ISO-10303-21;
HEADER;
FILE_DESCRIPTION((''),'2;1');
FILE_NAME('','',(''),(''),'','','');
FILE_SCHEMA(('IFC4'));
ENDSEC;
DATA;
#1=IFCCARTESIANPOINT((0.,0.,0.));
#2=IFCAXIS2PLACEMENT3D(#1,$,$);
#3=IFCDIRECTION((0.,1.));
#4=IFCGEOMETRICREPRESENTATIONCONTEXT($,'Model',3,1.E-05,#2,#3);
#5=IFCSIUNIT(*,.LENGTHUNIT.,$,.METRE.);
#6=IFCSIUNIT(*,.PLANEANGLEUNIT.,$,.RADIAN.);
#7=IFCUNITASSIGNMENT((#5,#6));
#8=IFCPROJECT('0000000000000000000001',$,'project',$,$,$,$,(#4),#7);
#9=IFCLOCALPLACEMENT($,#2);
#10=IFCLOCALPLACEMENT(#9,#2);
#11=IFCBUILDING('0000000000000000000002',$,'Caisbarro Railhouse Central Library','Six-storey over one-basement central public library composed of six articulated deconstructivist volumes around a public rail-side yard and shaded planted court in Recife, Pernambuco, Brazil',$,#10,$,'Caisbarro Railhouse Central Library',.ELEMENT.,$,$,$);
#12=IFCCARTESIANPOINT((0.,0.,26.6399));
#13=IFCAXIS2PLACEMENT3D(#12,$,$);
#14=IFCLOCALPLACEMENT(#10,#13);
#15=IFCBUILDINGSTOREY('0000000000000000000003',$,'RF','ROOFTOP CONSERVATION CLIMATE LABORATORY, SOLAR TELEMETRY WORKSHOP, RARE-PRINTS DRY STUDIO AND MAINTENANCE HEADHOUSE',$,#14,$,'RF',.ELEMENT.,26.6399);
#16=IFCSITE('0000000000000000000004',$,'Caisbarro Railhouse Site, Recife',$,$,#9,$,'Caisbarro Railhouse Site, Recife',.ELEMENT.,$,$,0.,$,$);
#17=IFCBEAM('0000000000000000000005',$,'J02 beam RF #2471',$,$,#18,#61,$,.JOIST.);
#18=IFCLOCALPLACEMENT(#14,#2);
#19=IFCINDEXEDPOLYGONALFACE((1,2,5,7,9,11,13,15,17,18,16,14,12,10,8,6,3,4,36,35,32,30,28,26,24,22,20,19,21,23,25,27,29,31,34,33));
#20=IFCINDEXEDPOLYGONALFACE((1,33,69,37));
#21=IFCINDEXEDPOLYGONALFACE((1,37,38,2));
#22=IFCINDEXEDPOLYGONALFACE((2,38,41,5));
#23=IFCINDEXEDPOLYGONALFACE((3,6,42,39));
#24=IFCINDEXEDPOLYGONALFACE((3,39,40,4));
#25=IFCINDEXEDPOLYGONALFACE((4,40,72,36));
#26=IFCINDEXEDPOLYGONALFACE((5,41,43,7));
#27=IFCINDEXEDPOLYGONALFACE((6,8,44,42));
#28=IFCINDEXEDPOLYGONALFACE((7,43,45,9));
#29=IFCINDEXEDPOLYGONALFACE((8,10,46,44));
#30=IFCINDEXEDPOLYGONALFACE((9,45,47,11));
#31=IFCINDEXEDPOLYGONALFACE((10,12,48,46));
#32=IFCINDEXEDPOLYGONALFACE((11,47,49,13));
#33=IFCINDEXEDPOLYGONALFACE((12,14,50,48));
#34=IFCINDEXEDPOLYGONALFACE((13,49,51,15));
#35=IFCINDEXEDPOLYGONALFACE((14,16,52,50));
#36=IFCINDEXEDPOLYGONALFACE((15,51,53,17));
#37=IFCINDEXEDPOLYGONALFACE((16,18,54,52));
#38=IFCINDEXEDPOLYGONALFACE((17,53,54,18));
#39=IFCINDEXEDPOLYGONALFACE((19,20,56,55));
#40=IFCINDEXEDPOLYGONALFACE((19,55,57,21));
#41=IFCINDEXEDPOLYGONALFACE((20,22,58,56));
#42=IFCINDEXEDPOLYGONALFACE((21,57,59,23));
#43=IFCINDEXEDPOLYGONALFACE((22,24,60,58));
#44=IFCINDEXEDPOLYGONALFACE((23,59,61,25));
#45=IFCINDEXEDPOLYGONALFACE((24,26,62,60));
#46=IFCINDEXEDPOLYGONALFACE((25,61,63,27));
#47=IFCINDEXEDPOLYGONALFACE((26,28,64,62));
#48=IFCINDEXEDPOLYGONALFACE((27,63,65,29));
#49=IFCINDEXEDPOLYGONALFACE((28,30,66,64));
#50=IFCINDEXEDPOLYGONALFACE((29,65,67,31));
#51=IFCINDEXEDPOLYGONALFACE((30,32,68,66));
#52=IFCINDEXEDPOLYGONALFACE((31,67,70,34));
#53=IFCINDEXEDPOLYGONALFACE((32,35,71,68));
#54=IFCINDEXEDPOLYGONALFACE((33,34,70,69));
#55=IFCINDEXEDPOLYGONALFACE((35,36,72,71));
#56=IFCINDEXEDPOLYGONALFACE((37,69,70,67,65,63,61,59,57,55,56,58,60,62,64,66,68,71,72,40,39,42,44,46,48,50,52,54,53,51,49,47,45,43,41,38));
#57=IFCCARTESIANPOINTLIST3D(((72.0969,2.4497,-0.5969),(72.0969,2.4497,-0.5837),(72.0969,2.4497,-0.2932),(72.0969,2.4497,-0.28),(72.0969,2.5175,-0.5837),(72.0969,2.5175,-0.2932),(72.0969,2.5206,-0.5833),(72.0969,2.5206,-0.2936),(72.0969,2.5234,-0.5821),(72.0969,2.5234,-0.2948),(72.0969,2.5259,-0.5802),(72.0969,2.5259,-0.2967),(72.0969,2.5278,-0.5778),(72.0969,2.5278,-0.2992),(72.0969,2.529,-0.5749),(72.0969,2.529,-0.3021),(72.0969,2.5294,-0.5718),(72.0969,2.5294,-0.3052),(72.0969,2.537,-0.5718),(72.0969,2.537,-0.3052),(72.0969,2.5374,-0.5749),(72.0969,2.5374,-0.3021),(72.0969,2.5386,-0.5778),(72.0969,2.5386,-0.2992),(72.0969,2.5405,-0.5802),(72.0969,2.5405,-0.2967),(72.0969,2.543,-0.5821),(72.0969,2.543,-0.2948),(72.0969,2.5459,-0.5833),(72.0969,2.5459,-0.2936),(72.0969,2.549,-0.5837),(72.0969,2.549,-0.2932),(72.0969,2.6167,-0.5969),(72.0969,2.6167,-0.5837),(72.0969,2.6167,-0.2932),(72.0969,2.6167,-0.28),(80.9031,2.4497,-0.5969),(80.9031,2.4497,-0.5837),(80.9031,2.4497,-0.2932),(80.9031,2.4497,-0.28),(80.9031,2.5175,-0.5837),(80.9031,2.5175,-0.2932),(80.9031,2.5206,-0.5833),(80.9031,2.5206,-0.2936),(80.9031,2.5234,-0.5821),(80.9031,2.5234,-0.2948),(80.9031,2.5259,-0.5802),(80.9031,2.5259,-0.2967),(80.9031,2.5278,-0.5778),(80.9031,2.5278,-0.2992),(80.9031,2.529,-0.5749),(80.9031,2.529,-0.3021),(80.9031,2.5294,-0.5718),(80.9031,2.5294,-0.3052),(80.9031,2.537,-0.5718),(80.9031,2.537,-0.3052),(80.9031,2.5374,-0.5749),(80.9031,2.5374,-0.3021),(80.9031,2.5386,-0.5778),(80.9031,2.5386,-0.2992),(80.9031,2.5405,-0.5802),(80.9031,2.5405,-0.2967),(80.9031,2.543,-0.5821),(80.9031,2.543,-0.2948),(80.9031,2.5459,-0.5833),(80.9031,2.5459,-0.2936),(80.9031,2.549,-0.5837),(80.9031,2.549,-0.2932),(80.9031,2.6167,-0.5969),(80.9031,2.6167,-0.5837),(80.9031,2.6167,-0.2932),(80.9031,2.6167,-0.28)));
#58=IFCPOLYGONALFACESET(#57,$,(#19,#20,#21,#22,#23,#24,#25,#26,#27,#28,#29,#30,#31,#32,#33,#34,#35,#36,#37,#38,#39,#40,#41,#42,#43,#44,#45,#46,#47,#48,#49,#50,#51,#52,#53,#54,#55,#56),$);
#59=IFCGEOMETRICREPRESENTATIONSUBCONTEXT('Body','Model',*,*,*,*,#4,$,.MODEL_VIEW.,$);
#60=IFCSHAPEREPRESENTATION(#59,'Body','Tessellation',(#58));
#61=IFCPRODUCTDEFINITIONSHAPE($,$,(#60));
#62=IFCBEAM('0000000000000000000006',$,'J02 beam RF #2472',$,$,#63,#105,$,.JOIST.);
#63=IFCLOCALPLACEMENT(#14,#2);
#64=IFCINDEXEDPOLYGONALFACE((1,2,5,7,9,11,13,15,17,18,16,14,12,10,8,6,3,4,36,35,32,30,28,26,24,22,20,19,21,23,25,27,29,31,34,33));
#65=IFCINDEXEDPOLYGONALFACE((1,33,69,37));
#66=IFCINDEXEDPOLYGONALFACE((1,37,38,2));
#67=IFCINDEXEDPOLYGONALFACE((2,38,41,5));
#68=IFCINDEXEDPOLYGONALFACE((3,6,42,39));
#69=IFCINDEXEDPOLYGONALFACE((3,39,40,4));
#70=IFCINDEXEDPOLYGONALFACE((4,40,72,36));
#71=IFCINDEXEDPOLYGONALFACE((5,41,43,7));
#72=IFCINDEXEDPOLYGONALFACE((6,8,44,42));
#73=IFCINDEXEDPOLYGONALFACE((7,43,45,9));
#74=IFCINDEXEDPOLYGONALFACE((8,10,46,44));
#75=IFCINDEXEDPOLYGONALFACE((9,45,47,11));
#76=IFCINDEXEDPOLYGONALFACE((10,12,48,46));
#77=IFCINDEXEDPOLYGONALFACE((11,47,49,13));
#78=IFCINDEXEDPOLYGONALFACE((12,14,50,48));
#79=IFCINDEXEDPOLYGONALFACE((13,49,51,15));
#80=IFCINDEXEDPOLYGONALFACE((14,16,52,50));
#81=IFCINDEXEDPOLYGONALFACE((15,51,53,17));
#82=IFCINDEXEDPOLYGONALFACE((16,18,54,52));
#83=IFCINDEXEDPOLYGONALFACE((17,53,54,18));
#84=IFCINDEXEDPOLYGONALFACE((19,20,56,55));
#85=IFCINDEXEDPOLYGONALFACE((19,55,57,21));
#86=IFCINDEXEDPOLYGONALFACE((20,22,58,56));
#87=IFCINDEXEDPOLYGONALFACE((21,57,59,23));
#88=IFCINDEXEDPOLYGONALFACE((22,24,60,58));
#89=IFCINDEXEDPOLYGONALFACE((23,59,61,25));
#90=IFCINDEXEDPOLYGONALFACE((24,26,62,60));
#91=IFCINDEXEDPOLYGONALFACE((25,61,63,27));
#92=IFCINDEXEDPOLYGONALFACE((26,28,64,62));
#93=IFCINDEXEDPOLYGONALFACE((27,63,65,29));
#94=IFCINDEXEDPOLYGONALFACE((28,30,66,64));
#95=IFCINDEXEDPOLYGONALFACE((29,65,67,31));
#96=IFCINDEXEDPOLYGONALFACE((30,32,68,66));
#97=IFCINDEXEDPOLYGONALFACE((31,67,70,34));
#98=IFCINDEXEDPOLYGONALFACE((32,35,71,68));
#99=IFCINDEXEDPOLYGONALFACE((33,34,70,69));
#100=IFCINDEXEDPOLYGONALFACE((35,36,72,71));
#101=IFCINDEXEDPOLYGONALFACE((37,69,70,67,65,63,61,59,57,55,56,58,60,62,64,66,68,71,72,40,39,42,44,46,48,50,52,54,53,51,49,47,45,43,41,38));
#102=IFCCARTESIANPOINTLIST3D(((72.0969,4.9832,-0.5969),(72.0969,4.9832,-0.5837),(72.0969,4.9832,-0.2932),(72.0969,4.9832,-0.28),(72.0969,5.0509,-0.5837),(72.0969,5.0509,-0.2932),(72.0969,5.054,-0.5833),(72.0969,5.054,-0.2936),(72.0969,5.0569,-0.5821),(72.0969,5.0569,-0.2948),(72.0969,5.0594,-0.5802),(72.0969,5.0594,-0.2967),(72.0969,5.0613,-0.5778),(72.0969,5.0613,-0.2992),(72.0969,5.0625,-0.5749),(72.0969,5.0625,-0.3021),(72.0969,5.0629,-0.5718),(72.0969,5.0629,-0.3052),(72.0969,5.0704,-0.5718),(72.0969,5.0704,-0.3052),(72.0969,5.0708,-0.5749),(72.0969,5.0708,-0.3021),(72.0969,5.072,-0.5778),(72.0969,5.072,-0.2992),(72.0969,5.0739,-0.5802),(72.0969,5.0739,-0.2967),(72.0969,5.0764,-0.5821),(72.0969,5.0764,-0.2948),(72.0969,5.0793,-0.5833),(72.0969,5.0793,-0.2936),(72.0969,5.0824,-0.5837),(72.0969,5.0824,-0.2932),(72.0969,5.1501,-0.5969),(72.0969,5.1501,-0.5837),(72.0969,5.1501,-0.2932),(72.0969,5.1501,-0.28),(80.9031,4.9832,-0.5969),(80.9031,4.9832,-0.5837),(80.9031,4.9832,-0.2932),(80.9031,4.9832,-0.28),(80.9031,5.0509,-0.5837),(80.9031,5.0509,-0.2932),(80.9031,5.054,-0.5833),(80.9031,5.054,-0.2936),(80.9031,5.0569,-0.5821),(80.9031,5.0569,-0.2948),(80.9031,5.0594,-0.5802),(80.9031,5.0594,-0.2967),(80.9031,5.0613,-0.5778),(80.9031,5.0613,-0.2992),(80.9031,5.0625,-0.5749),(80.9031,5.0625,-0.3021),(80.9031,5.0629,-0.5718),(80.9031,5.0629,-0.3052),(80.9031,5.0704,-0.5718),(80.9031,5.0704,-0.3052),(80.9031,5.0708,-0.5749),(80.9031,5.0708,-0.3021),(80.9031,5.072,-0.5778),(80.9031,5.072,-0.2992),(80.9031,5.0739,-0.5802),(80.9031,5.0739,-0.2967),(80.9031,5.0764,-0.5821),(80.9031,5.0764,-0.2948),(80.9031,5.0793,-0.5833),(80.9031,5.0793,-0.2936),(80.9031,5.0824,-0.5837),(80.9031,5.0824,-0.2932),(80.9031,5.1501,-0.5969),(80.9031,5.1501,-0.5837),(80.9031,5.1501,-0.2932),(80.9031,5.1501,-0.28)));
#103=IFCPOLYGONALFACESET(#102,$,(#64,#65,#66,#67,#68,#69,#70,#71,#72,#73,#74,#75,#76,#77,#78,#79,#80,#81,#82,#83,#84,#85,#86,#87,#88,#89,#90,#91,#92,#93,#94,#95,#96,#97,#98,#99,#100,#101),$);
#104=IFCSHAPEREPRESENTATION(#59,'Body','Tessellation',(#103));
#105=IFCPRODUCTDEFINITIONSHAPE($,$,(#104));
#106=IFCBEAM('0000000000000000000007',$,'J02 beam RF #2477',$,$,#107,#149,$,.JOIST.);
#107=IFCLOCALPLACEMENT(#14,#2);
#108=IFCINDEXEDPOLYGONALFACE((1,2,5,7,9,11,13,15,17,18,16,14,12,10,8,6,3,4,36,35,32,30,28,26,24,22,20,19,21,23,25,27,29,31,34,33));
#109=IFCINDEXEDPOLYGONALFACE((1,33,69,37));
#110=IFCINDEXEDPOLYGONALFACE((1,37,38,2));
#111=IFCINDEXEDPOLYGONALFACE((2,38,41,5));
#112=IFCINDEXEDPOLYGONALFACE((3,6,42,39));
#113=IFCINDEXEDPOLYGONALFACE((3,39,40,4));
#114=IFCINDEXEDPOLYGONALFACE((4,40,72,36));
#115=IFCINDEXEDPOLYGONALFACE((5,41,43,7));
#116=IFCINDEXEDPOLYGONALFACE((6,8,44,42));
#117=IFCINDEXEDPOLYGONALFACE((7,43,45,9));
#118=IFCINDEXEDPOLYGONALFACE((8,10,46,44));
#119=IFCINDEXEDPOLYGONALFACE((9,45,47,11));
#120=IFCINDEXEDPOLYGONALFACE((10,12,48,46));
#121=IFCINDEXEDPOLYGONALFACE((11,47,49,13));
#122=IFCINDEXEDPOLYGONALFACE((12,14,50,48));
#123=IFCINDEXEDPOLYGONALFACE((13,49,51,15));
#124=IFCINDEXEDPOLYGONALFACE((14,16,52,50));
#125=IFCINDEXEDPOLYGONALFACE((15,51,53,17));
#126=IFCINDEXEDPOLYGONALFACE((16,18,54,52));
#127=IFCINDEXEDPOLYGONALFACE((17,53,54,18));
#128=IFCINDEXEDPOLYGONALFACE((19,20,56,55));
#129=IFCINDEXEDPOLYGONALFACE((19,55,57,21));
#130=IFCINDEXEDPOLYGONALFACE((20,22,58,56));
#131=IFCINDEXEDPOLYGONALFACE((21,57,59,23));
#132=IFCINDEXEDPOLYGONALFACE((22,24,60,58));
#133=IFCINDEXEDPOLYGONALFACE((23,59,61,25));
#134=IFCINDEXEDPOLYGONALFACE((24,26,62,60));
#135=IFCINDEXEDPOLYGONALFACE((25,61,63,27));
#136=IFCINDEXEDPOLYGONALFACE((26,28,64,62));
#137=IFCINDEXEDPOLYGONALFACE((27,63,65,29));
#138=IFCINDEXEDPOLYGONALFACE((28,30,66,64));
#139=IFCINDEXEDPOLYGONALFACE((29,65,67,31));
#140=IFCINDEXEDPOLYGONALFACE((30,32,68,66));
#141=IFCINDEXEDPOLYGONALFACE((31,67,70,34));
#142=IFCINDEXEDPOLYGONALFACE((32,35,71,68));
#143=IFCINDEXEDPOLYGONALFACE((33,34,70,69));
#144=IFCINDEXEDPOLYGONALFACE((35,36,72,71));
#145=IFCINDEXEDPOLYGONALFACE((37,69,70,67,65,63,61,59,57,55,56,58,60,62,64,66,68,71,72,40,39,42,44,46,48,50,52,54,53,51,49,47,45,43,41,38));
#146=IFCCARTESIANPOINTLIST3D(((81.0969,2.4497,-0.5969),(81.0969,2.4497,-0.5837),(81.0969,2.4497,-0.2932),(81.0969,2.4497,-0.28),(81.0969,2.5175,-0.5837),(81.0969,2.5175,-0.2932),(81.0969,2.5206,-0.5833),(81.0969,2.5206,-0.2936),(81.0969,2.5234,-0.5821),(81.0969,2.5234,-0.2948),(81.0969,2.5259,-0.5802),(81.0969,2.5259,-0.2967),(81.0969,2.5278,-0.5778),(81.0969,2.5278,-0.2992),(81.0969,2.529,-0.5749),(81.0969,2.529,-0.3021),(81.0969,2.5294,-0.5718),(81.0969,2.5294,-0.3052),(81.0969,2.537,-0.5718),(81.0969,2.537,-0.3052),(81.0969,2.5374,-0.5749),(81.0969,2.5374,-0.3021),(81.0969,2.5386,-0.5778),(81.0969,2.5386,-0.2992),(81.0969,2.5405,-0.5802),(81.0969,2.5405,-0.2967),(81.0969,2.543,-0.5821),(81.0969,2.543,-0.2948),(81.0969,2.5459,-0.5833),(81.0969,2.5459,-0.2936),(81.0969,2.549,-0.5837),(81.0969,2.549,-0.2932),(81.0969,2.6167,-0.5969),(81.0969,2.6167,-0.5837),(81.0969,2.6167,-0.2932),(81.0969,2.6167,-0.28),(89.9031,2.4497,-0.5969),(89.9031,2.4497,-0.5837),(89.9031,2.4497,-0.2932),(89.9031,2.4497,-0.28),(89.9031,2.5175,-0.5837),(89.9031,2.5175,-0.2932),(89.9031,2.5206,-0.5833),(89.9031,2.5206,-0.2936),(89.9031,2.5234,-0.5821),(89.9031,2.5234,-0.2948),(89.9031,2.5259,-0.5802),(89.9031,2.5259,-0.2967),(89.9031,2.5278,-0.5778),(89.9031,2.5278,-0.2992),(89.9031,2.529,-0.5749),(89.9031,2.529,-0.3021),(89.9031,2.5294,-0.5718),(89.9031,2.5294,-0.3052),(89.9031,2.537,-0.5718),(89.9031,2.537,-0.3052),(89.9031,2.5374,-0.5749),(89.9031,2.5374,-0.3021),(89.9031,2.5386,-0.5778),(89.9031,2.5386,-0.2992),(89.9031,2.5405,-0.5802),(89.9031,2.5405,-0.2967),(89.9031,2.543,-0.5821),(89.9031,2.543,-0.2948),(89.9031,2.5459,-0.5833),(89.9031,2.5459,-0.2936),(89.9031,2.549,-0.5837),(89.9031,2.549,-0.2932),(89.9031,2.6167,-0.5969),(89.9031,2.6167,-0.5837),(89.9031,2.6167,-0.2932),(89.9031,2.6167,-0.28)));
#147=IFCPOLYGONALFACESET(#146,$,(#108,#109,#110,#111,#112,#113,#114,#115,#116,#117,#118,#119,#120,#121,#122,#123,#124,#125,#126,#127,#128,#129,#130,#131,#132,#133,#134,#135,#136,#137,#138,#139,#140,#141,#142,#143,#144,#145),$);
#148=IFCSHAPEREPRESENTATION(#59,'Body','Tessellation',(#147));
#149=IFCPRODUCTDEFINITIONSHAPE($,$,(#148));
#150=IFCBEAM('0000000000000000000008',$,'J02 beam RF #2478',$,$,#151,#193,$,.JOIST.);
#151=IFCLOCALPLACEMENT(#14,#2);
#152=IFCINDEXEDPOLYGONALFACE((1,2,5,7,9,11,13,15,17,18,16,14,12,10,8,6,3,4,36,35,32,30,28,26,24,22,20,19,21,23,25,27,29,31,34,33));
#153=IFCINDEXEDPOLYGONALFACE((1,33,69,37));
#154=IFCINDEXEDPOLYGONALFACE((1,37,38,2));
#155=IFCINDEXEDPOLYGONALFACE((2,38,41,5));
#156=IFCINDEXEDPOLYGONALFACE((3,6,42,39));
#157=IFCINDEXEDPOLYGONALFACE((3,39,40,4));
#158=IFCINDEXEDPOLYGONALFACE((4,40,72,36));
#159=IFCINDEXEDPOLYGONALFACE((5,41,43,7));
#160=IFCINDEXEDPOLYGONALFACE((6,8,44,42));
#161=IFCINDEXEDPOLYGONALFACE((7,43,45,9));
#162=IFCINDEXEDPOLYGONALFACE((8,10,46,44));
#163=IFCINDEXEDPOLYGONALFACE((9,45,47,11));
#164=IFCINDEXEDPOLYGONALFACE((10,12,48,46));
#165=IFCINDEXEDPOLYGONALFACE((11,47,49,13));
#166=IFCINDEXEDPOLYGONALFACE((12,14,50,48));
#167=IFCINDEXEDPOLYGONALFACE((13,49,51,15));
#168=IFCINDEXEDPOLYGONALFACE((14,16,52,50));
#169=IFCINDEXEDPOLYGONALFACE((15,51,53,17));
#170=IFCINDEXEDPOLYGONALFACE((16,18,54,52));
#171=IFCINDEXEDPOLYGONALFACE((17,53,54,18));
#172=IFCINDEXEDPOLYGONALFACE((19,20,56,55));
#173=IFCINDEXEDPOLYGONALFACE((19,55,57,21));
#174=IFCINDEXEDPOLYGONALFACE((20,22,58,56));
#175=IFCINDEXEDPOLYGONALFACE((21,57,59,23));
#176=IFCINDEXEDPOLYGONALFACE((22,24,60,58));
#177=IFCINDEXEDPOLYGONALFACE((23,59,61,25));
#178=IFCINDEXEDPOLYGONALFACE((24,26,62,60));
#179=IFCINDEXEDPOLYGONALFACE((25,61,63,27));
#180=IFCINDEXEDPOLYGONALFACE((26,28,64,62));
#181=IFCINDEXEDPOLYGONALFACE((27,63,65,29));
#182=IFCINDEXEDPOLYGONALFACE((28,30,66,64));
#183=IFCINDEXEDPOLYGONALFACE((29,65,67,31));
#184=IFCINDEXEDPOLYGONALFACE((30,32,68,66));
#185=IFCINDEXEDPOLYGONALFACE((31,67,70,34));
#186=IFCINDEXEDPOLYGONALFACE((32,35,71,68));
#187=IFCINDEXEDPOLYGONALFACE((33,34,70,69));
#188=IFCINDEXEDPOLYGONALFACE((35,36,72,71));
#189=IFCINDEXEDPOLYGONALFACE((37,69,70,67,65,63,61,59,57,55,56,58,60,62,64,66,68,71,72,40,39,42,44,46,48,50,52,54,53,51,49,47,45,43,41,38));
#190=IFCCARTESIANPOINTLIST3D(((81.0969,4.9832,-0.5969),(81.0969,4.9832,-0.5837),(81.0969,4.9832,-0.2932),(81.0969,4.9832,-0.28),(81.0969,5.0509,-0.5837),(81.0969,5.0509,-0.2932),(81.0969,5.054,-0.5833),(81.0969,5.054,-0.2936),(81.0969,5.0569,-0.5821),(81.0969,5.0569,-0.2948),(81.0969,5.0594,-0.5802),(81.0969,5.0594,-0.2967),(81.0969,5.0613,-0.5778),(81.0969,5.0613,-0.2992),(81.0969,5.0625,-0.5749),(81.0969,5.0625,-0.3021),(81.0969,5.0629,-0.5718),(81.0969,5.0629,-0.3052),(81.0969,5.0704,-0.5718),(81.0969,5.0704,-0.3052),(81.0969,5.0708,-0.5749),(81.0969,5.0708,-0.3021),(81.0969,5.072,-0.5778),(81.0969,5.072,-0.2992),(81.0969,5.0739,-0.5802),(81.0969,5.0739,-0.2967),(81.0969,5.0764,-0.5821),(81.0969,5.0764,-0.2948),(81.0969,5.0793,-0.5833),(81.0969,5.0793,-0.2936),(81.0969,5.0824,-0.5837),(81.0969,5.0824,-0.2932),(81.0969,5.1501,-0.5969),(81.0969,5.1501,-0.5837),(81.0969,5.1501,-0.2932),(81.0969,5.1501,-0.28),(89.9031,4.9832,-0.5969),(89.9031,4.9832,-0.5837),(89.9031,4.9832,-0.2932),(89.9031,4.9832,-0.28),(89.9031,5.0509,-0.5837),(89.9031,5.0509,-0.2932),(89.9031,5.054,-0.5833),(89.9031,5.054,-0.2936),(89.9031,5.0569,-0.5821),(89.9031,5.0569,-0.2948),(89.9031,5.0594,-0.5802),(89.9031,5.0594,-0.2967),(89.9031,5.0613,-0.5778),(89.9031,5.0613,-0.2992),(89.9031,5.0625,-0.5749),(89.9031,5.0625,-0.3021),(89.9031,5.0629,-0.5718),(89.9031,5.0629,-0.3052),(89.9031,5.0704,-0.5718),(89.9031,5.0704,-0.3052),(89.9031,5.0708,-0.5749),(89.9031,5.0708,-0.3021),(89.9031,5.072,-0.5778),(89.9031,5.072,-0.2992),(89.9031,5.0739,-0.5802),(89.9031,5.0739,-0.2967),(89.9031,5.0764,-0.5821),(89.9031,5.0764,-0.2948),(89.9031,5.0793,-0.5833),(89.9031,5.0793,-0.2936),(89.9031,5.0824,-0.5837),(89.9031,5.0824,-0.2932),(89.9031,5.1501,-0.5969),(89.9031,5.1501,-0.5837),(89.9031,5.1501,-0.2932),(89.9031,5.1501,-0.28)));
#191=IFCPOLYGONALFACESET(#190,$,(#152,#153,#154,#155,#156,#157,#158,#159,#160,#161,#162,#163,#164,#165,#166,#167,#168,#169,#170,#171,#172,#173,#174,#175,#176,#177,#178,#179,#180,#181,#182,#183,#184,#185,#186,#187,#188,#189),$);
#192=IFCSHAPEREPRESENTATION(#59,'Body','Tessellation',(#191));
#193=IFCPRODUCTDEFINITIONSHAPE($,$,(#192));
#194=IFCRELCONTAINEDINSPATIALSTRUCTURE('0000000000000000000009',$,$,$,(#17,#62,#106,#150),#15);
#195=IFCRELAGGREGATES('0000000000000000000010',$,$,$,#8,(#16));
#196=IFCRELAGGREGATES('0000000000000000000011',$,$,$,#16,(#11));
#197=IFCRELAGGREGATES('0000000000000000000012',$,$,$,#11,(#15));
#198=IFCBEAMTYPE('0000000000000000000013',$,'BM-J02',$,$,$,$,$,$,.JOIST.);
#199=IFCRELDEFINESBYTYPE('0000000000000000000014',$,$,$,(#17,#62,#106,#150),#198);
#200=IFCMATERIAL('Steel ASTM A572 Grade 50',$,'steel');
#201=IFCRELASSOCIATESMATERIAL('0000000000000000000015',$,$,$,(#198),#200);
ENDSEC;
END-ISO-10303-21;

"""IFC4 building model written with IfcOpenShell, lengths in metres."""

from ifc_helpers import new_model, si_unit, direction, frame, origin, origin_2d, place, context, subcontext, project, spatial, i_section, extrude, material, material_profile, profile_set, type_object, element, save


model = new_model("IFC4")

# Units and contexts
model_context = context("Model", 3, precision=1e-05, world=origin(), true_north=direction((0.0, 1.0)))
body_context = subcontext(model_context, "Body", "Model", "MODEL_VIEW")
ifc_project = project(units=[si_unit("LENGTHUNIT", "METRE"), si_unit("PLANEANGLEUNIT", "RADIAN")], contexts=[model_context])

# Site, building, storey
site_placement = place(None, origin())
site = spatial("IfcSite", under=ifc_project, at=site_placement, Name="Caisbarro Railhouse Site, Recife", LongName="Caisbarro Railhouse Site, Recife", CompositionType="ELEMENT", RefElevation=0.0)
building_placement = place(site_placement, origin())
building = spatial("IfcBuilding", under=site, at=building_placement, Name="Caisbarro Railhouse Central Library", Description="Six-storey over one-basement central public library composed of six articulated deconstructivist volumes around a public rail-side yard and shaded planted court in Recife, Pernambuco, Brazil", LongName="Caisbarro Railhouse Central Library", CompositionType="ELEMENT")
storey_placement = place(building_placement, frame((0.0, 0.0, 26.6399)))
storey = spatial("IfcBuildingStorey", under=building, at=storey_placement, Name="RF", Description="ROOFTOP CONSERVATION CLIMATE LABORATORY, SOLAR TELEMETRY WORKSHOP, RARE-PRINTS DRY STUDIO AND MAINTENANCE HEADHOUSE", LongName="RF", CompositionType="ELEMENT", Elevation=26.6399)

# Shared definitions
ifc_material_1 = material(Name="Steel ASTM A572 Grade 50", Category="steel")

# Beams
ifc_material_profile_1 = material_profile(ifc_material_1, i_section(OverallWidth=0.167, OverallDepth=0.3169, WebThickness=0.0076, FlangeThickness=0.0132, FilletRadius=0.012, at=origin_2d()), Name="W310X52.0")
ifc_profile_set_1 = profile_set([ifc_material_profile_1], Name="Steel ASTM A572 Grade 50")
beam_type_1 = type_object("IfcBeamType", Name="BM-J02", PredefinedType="JOIST", material=ifc_profile_set_1)
for number, where, z_axis, x_axis, name in (
    (1, (72.0969, 2.5332, -0.4385), (1.0, 0.0, 0.0), (0.0, 1.0, 0.0), "J02 beam RF #2471"),
    (2, (72.0969, 5.0667, -0.4385), (1.0, 0.0, 0.0), (0.0, 1.0, 0.0), "J02 beam RF #2472"),
    (3, (81.0969, 2.5332, -0.4385), (1.0, 0.0, 0.0), (0.0, 1.0, 0.0), "J02 beam RF #2477"),
    (4, (81.0969, 5.0667, -0.4385), (1.0, 0.0, 0.0), (0.0, 1.0, 0.0), "J02 beam RF #2478"),
):
    element("IfcBeam", number, at=place(storey_placement, frame(where, z_axis=z_axis, x_axis=x_axis)), inside=storey, type_object=beam_type_1, Name=name, PredefinedType="JOIST", context=body_context, shape_type="SweptSolid", body=[
        extrude(i_section(OverallWidth=0.167, OverallDepth=0.3169, WebThickness=0.0076, FlangeThickness=0.0132, FilletRadius=0.012, at=origin_2d()), origin(), (0.0, 0.0, 1.0), 8.8062),
    ])

save(model, "model.ifc")
